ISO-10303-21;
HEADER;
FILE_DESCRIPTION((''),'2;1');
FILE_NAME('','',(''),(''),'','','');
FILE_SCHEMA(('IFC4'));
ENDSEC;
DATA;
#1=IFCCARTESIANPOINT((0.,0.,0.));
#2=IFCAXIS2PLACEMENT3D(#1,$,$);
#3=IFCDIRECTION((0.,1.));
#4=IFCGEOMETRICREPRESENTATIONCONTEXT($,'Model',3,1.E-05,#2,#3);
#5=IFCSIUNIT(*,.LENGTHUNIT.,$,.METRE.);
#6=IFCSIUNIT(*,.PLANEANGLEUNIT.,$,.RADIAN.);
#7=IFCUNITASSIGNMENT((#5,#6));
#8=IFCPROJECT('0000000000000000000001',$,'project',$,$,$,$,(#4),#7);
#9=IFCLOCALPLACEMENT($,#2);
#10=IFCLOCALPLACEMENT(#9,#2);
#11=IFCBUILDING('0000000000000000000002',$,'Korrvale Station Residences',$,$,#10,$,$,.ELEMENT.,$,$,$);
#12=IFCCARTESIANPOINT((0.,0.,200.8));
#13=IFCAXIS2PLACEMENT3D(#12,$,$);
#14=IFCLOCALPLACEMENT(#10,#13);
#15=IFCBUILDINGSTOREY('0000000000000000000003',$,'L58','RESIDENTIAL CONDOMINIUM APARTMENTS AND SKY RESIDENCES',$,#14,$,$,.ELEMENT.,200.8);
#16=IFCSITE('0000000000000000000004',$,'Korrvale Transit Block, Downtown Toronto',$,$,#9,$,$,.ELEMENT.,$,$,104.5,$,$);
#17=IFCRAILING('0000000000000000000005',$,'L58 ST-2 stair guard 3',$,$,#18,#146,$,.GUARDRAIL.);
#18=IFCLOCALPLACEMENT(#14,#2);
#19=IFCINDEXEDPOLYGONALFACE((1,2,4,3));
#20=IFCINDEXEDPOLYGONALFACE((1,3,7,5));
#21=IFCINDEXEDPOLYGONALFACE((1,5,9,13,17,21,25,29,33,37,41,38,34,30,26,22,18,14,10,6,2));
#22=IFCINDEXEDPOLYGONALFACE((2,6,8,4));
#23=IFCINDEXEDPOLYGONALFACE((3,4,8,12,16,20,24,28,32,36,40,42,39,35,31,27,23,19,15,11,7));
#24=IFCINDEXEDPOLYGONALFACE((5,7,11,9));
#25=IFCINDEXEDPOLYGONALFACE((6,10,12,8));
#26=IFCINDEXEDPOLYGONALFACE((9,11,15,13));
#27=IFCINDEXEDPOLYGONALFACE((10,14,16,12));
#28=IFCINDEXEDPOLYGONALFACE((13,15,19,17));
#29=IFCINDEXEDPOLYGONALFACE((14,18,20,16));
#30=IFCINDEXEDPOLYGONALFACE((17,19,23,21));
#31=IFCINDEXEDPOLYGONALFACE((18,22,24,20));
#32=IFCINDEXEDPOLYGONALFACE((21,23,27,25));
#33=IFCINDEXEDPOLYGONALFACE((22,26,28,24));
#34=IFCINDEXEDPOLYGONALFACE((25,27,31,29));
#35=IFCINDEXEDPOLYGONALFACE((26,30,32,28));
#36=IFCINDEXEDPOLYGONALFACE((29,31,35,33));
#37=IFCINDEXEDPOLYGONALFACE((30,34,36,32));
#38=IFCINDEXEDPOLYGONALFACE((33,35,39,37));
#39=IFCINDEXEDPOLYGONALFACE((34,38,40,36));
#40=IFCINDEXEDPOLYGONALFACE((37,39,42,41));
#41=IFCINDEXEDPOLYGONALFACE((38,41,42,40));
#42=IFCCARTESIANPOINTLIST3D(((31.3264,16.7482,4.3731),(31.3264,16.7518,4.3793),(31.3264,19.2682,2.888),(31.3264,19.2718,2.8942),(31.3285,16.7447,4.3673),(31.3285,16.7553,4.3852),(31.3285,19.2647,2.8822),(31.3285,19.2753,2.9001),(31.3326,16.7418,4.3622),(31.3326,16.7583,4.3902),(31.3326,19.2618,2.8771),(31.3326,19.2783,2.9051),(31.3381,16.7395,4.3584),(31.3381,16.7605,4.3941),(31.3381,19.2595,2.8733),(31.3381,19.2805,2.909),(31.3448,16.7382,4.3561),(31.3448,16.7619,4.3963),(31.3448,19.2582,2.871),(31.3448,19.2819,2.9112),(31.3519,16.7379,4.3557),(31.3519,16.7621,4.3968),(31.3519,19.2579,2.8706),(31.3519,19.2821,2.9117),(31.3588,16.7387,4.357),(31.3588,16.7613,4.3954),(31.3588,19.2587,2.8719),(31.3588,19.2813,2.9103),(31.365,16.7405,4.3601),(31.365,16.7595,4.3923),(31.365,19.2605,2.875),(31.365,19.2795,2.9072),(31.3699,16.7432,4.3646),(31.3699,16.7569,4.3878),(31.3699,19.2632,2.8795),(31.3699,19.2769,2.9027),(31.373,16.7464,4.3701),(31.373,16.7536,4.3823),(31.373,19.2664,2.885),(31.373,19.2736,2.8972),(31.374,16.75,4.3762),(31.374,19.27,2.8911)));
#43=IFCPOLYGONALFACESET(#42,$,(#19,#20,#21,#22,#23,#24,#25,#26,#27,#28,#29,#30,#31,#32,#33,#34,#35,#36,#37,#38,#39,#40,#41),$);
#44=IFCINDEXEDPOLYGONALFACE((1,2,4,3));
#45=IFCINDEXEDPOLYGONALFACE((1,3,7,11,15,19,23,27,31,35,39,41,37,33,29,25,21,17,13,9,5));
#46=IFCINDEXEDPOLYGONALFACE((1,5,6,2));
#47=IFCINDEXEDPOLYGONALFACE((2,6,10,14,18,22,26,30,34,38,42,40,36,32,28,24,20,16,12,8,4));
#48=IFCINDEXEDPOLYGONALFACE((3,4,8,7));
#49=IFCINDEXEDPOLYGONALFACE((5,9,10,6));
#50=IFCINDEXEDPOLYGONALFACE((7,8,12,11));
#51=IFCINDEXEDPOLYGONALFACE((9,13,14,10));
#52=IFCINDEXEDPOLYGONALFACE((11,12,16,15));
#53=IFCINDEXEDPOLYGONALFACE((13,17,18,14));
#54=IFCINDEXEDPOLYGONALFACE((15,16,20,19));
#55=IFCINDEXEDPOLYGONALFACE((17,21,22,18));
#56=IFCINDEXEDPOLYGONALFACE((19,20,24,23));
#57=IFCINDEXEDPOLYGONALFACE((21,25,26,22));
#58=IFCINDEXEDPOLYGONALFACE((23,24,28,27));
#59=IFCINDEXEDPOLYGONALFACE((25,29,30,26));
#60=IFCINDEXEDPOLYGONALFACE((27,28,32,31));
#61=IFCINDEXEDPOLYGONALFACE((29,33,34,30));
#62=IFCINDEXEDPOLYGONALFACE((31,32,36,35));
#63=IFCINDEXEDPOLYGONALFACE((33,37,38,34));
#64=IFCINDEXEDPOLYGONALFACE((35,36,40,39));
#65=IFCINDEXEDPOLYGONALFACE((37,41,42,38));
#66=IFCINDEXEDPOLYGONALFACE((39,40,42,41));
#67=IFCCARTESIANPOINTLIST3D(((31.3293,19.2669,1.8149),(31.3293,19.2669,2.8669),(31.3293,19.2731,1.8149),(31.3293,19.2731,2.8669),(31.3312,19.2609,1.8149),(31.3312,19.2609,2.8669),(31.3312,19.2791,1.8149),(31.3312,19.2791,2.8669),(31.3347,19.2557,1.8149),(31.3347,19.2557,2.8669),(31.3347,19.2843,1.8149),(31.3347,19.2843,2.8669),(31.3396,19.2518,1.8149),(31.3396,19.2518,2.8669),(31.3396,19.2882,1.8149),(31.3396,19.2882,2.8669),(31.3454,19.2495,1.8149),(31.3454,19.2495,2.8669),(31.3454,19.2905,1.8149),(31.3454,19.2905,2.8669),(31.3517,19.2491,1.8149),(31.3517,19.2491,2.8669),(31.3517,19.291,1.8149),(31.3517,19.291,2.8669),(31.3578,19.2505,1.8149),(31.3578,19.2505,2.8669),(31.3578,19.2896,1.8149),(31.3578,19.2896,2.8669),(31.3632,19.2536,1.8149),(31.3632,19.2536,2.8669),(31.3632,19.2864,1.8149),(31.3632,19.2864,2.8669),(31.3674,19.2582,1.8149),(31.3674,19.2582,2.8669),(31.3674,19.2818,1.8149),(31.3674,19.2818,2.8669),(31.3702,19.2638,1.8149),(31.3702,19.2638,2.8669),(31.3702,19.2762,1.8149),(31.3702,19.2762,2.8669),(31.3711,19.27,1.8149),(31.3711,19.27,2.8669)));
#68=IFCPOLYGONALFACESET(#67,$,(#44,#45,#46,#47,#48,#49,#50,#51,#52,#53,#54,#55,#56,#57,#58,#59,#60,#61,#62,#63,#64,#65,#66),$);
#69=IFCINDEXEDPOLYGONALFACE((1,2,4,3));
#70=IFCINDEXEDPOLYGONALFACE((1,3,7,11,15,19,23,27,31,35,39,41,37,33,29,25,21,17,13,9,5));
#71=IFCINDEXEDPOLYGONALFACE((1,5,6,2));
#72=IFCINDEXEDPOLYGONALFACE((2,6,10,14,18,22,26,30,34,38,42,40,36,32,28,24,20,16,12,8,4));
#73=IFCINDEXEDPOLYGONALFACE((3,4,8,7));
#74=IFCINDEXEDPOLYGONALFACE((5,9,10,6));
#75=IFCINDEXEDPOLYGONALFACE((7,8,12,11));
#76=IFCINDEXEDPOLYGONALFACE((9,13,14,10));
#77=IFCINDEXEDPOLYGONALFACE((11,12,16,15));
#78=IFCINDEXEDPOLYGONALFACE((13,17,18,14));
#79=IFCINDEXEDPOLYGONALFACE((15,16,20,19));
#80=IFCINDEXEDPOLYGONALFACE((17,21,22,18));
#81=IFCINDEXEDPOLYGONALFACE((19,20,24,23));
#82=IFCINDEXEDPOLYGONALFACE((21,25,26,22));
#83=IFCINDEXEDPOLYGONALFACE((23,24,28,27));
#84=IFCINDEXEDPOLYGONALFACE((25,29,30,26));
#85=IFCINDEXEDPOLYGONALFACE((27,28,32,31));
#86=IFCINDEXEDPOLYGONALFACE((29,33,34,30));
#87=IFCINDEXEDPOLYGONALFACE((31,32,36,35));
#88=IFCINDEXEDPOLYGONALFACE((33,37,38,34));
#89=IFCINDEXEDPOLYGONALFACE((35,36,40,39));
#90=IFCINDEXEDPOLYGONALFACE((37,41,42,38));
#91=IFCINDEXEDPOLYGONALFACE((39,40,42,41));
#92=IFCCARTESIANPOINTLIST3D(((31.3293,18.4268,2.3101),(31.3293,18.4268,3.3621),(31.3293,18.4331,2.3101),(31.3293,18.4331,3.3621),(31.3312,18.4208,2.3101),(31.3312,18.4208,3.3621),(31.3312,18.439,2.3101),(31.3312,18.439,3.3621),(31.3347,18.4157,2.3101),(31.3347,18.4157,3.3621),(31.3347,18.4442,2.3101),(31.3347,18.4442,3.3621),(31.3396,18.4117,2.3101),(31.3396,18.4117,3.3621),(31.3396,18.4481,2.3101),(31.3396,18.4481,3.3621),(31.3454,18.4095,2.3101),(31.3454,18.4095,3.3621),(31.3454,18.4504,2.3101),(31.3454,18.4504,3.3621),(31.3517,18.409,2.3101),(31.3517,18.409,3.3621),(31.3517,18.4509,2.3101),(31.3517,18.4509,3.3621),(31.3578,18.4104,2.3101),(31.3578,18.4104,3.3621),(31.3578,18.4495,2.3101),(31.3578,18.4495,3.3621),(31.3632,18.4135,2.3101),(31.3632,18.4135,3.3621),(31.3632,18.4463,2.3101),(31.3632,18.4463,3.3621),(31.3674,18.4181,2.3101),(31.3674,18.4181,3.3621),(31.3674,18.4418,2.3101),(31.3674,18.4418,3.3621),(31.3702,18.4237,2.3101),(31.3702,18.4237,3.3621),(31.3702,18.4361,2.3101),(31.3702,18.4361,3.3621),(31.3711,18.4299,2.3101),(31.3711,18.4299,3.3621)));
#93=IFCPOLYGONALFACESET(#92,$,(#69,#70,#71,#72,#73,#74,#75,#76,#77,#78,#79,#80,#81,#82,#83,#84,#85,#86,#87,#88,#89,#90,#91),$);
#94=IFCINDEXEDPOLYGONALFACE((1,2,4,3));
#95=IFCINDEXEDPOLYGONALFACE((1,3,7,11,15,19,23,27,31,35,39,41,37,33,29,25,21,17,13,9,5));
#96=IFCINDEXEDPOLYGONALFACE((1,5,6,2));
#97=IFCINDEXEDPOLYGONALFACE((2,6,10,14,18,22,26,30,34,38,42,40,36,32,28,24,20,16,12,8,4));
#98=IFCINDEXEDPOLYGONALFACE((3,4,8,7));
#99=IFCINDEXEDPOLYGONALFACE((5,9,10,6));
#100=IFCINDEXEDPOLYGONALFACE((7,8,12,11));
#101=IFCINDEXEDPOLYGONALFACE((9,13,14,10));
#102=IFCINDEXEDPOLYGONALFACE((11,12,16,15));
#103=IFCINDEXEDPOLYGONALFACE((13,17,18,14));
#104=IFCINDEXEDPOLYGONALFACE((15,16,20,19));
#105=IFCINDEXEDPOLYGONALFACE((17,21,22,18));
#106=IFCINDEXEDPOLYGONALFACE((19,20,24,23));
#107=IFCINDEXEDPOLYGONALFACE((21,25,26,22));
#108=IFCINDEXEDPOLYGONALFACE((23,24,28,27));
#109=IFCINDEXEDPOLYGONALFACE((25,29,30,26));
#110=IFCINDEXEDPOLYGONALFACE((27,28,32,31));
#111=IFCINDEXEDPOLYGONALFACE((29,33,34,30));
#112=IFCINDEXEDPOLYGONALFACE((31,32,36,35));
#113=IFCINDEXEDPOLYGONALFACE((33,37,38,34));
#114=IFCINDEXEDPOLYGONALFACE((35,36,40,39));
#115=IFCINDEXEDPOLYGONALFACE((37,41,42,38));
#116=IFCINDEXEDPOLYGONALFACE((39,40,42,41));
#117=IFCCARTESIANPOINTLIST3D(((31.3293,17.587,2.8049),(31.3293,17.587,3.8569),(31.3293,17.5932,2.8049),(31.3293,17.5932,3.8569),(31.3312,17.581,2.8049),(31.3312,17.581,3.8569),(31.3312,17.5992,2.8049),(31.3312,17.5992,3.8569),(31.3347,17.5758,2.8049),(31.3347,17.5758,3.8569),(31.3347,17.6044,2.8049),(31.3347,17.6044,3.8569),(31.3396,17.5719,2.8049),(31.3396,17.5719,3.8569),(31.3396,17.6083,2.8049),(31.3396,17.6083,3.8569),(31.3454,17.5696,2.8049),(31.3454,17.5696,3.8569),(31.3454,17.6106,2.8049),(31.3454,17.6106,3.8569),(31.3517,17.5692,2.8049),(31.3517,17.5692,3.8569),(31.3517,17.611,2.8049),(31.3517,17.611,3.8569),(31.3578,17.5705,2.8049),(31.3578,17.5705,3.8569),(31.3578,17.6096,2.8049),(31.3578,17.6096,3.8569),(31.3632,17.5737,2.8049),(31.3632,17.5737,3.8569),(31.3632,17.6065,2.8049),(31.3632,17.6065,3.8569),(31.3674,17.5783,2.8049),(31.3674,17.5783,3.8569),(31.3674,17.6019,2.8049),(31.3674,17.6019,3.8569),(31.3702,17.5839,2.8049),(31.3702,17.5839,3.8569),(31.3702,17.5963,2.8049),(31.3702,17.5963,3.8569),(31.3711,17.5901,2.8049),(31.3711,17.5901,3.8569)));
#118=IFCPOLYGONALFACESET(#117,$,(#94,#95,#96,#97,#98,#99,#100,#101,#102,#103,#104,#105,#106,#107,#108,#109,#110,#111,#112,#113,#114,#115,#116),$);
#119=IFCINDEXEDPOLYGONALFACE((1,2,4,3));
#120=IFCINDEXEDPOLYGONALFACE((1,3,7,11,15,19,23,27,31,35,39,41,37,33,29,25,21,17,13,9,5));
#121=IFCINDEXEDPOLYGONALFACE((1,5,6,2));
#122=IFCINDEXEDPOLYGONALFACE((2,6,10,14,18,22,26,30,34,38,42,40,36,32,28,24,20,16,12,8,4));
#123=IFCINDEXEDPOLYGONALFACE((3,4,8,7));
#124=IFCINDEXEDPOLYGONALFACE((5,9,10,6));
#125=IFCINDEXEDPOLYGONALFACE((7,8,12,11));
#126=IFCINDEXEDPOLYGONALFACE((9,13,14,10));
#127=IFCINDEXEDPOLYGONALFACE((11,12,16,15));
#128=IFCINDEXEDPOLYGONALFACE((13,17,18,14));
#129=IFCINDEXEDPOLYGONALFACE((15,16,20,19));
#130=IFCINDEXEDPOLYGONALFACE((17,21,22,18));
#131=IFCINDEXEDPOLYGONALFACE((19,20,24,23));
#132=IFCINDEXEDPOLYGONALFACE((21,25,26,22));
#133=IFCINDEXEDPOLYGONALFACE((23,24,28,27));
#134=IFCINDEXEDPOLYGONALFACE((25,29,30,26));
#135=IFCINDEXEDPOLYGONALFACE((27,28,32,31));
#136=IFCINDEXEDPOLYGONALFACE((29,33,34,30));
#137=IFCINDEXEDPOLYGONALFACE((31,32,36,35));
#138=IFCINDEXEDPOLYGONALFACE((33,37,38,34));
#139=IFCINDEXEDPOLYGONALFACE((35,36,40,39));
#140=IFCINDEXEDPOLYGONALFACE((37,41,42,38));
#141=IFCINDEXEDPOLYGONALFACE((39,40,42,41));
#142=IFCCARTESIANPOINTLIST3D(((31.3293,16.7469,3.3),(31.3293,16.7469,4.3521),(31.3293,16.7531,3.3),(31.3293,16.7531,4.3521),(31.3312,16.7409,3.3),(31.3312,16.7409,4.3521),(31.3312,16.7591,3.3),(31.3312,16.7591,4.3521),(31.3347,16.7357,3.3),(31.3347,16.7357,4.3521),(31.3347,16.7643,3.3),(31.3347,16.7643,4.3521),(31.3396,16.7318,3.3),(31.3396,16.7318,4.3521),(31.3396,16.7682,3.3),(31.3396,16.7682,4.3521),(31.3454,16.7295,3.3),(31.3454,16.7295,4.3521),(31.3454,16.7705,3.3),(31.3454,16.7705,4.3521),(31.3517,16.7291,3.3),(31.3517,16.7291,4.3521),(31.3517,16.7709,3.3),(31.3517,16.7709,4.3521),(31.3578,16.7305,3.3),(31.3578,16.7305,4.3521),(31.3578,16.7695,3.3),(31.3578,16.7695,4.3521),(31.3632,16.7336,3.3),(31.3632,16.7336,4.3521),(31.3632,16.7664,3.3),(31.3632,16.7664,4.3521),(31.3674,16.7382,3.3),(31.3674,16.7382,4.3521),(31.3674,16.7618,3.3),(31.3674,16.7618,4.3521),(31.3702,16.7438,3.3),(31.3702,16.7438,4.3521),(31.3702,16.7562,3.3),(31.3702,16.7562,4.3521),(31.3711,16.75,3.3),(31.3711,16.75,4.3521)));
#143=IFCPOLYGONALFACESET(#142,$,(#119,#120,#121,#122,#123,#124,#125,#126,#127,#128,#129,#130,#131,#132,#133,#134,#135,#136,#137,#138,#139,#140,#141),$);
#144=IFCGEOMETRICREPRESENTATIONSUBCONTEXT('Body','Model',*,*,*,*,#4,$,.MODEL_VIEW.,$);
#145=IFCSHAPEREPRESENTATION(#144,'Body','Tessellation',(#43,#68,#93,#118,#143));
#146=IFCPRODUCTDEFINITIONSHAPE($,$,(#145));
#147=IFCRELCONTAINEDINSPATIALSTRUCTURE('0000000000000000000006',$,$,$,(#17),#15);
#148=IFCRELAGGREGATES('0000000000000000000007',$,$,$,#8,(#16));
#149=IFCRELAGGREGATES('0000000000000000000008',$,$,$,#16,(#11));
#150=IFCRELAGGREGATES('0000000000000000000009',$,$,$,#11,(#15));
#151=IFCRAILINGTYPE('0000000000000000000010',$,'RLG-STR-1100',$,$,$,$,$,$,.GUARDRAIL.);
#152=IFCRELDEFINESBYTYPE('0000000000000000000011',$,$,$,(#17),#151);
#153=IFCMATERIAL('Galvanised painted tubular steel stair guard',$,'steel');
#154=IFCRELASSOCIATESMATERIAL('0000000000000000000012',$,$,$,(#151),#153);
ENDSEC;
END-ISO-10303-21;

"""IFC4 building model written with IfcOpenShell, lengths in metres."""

from ifc_helpers import new_model, si_unit, direction, frame, origin, origin_2d, place, context, subcontext, project, spatial, circle, extrude, material, type_object, element, save


model = new_model("IFC4")

# Units and contexts
model_context = context("Model", 3, precision=1e-05, world=origin(), true_north=direction((0.0, 1.0)))
body_context = subcontext(model_context, "Body", "Model", "MODEL_VIEW")
ifc_project = project(units=[si_unit("LENGTHUNIT", "METRE"), si_unit("PLANEANGLEUNIT", "RADIAN")], contexts=[model_context])

# Site, building, storey
site_placement = place(None, origin())
site = spatial("IfcSite", under=ifc_project, at=site_placement, Name="Korrvale Transit Block, Downtown Toronto", CompositionType="ELEMENT", RefElevation=104.5)
building_placement = place(site_placement, origin())
building = spatial("IfcBuilding", under=site, at=building_placement, Name="Korrvale Station Residences", CompositionType="ELEMENT")
storey_placement = place(building_placement, frame((0.0, 0.0, 200.8)))
storey = spatial("IfcBuildingStorey", under=building, at=storey_placement, Name="L58", Description="RESIDENTIAL CONDOMINIUM APARTMENTS AND SKY RESIDENCES", CompositionType="ELEMENT", Elevation=200.8)

# Railing
ifc_material_1 = material(Name="Galvanised painted tubular steel stair guard", Category="steel")
railing_type_1 = type_object("IfcRailingType", Name="RLG-STR-1100", PredefinedType="GUARDRAIL", material=ifc_material_1)
railing_1_placement = place(storey_placement, frame((31.3501, 19.27, 1.8149)))
element("IfcRailing", 1, at=railing_1_placement, inside=storey, type_object=railing_type_1, Name="L58 ST-2 stair guard 3", PredefinedType="GUARDRAIL", context=body_context, shape_type="SweptSolid", body=[
    extrude(circle(Radius=0.0239, at=origin_2d()), frame((0.0, 0.0, 1.0762), z_axis=(0.0, -0.861524, 0.507717), x_axis=(1.0, 0.0, 0.0)), (0.0, 0.0, 1.0), 2.925),
    extrude(circle(Radius=0.021, at=origin_2d()), origin(), (0.0, 0.0, 1.0), 1.052),
    extrude(circle(Radius=0.021, at=origin_2d()), frame((0.0, -0.8401, 0.4951)), (0.0, 0.0, 1.0), 1.052),
    extrude(circle(Radius=0.021, at=origin_2d()), frame((0.0, -1.6799, 0.99)), (0.0, 0.0, 1.0), 1.052),
    extrude(circle(Radius=0.021, at=origin_2d()), frame((0.0, -2.52, 1.4851)), (0.0, 0.0, 1.0), 1.052),
])

save(model, "model.ifc")
